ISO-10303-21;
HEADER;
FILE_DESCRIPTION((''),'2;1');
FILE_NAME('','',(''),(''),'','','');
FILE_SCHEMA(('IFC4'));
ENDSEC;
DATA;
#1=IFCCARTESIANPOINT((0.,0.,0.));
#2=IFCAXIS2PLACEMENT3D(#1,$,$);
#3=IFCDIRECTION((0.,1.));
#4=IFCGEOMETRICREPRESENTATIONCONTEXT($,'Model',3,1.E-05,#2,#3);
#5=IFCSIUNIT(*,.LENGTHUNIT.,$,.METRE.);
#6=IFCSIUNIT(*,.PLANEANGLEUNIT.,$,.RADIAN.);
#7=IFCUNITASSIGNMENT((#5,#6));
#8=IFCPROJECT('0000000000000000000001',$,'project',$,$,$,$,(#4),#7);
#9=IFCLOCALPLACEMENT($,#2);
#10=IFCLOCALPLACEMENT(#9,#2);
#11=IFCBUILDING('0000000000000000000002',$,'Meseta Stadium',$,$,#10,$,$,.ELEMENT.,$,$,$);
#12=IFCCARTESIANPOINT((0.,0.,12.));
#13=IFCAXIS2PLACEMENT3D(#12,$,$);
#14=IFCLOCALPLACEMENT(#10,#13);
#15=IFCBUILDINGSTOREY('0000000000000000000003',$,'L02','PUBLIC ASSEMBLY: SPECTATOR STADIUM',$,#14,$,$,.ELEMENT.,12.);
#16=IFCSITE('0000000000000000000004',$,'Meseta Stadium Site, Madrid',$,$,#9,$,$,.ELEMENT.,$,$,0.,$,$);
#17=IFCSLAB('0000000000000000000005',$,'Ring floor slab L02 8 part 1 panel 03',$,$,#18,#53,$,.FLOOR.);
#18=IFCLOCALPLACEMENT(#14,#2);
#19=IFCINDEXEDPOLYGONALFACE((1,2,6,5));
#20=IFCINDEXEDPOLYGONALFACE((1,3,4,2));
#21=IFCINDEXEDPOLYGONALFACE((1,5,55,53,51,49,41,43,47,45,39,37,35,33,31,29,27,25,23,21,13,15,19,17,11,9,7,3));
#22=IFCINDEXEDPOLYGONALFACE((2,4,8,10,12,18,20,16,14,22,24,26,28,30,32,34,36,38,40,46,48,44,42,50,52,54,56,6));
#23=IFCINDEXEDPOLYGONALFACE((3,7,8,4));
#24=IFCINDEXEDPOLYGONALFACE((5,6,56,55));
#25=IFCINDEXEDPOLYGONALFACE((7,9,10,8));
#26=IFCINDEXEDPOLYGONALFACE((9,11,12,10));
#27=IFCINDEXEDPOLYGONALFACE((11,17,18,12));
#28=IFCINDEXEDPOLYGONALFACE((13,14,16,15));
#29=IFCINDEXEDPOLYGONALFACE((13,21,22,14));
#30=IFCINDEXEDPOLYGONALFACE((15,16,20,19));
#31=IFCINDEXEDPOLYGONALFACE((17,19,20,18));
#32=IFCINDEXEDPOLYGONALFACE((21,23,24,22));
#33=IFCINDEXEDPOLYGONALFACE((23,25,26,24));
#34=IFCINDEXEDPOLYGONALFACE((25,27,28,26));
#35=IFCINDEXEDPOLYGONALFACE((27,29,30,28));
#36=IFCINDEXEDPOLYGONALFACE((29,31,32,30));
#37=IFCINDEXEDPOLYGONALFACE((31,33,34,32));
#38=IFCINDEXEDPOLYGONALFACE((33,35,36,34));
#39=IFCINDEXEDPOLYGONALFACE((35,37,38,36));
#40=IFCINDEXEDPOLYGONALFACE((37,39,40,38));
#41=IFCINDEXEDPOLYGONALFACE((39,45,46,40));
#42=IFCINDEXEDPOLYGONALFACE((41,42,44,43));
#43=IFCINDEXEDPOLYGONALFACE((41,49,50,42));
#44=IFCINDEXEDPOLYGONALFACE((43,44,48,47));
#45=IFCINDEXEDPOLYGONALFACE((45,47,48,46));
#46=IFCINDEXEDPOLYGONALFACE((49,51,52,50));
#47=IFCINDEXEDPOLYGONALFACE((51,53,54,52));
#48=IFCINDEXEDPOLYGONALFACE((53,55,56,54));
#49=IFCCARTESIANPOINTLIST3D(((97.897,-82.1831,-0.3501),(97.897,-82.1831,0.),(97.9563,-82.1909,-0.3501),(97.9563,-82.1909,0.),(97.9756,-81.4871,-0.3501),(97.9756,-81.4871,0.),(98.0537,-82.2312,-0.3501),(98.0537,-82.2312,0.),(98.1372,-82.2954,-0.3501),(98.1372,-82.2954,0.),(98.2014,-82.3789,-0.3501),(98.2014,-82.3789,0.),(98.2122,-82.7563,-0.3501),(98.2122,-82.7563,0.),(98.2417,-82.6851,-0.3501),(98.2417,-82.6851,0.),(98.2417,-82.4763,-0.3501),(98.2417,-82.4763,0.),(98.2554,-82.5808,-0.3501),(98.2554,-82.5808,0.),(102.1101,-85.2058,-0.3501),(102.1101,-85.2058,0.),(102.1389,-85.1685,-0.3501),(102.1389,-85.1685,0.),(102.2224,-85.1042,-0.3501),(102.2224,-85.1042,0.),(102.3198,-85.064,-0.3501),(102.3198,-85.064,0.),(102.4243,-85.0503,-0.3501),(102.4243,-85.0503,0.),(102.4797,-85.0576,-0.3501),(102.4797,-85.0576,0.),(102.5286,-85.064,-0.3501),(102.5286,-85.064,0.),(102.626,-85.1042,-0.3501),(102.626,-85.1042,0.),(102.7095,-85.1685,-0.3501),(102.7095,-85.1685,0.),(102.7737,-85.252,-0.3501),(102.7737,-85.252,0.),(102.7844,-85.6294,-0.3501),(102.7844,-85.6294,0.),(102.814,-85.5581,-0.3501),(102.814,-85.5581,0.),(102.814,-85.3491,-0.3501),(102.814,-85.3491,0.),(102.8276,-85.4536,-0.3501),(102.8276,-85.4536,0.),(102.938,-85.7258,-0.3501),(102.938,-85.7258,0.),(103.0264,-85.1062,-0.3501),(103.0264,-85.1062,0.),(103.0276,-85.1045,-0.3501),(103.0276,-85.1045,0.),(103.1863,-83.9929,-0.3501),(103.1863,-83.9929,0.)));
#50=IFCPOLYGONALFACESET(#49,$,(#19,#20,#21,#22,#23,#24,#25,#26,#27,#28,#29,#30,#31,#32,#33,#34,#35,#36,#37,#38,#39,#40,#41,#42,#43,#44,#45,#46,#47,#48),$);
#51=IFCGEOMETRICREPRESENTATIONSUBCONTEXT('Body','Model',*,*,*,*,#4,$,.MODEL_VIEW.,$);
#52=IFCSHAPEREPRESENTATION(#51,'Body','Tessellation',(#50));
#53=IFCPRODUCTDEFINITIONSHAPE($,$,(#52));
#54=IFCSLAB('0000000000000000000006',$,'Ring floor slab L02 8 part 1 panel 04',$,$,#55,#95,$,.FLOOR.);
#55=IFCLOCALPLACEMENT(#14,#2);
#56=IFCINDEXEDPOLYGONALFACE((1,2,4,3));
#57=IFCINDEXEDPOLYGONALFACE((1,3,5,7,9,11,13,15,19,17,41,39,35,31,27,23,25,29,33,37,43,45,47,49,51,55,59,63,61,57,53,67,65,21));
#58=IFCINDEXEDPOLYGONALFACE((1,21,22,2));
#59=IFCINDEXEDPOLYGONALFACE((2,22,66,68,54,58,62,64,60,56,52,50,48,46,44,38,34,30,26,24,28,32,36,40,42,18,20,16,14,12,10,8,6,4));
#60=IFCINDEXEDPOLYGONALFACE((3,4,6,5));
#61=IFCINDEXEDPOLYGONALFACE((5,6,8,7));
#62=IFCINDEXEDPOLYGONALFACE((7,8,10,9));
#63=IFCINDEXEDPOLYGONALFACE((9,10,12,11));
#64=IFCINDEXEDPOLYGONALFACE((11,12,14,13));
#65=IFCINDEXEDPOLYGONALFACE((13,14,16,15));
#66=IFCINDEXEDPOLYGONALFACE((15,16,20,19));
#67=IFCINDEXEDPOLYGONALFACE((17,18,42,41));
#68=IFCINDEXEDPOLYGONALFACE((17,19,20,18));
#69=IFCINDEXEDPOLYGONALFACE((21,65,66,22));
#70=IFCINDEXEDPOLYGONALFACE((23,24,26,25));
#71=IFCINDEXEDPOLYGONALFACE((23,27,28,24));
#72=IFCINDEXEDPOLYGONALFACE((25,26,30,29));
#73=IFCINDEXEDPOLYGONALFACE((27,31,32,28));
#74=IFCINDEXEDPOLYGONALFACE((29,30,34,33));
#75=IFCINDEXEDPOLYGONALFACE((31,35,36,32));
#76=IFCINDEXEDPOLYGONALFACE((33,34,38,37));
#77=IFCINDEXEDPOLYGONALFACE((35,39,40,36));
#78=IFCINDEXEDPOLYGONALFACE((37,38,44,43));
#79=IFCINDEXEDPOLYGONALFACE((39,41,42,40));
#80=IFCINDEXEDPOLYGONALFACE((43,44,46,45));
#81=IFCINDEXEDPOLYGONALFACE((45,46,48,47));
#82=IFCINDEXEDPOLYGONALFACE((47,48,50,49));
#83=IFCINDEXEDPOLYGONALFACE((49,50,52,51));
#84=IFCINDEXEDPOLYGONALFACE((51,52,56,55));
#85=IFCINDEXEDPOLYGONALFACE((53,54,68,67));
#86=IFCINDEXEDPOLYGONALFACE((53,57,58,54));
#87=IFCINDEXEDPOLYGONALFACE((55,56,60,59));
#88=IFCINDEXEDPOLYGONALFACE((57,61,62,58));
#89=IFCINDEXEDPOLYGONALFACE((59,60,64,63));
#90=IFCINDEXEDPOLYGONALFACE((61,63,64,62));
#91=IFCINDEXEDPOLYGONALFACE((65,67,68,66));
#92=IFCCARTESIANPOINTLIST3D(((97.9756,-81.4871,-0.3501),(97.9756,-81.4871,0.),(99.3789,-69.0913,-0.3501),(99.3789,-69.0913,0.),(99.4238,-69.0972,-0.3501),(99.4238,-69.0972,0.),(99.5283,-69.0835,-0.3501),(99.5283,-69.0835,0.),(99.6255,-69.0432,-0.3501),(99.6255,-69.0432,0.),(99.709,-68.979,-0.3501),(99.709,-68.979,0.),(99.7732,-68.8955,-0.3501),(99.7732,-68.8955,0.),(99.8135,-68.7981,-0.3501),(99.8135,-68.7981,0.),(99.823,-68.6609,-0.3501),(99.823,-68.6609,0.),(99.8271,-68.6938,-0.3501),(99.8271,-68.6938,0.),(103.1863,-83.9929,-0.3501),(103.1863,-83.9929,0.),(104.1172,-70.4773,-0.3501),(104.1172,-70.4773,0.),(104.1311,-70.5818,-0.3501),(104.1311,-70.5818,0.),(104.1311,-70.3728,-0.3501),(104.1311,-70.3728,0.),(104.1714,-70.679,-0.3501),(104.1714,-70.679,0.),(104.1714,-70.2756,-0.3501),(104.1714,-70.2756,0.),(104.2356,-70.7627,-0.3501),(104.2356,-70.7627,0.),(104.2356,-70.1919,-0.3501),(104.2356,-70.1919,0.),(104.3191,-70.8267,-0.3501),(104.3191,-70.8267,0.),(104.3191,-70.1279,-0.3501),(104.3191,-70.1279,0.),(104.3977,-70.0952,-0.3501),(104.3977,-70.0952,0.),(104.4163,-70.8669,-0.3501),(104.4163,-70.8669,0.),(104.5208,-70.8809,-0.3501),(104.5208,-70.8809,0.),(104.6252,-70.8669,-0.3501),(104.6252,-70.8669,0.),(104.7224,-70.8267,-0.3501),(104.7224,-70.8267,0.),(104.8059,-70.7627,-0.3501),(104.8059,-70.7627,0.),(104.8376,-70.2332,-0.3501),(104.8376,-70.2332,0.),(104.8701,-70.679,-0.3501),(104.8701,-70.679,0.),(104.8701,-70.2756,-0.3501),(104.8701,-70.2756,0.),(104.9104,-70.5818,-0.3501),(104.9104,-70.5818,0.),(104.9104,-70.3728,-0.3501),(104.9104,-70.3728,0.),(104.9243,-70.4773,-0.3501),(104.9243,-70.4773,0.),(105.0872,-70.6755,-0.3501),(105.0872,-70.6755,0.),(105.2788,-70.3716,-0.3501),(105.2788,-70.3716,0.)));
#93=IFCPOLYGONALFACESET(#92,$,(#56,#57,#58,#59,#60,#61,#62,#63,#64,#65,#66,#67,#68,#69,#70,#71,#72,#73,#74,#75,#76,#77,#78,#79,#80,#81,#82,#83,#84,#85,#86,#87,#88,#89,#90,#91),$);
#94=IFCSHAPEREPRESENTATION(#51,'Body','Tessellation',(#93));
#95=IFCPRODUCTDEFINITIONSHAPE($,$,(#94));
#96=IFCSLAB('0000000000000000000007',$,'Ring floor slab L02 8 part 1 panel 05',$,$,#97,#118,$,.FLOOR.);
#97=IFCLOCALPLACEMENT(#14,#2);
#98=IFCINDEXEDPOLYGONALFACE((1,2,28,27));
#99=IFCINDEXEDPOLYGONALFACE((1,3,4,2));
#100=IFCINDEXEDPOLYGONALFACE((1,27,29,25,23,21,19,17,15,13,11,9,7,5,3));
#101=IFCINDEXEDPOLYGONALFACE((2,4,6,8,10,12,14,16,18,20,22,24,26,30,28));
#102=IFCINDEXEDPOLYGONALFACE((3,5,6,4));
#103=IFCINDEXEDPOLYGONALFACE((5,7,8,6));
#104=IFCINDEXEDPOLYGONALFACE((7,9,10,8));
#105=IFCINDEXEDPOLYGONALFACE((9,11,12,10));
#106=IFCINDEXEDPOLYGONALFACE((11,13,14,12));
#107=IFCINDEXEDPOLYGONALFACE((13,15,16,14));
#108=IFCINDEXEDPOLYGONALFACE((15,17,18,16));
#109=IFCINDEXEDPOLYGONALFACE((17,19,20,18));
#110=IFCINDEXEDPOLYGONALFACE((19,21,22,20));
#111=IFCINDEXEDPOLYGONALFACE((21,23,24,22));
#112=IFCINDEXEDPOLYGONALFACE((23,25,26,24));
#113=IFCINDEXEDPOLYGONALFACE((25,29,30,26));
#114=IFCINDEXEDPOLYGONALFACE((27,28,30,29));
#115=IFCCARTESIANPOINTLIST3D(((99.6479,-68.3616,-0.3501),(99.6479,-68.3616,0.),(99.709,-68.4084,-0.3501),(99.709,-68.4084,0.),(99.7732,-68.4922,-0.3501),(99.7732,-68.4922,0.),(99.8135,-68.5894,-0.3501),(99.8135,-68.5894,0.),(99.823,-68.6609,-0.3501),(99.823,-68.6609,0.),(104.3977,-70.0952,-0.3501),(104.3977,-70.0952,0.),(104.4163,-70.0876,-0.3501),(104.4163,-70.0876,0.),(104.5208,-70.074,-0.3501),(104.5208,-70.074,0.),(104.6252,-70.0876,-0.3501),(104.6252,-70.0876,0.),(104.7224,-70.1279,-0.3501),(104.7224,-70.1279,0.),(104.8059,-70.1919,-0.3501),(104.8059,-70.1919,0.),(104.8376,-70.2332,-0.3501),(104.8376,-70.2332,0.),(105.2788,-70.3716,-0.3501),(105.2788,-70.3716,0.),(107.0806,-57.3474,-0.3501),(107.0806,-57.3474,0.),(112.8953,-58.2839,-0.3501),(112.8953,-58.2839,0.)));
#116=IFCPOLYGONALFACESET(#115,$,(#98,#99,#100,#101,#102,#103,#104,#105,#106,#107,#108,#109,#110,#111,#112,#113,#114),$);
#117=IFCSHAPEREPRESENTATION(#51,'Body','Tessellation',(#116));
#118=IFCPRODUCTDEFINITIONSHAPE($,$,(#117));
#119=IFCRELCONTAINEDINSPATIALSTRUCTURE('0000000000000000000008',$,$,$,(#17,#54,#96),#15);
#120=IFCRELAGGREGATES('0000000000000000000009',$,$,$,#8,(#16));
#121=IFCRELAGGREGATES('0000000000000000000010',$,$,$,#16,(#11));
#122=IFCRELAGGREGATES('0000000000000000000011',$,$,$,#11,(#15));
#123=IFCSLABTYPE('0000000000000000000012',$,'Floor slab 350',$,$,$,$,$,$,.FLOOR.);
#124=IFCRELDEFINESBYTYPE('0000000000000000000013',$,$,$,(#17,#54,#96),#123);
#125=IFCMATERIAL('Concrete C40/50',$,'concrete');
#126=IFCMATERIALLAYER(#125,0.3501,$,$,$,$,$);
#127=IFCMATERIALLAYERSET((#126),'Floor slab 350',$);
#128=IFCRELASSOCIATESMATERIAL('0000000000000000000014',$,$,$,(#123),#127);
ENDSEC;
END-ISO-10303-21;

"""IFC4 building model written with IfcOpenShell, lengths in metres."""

from ifc_helpers import new_model, si_unit, direction, frame, origin, place, context, subcontext, project, spatial, polyline, outline, extrude, material, layer, layer_set, type_object, element, save


model = new_model("IFC4")

# Units and contexts
model_context = context("Model", 3, precision=1e-05, world=origin(), true_north=direction((0.0, 1.0)))
body_context = subcontext(model_context, "Body", "Model", "MODEL_VIEW")
ifc_project = project(units=[si_unit("LENGTHUNIT", "METRE"), si_unit("PLANEANGLEUNIT", "RADIAN")], contexts=[model_context])

# Site, building, storey
site_placement = place(None, origin())
site = spatial("IfcSite", under=ifc_project, at=site_placement, Name="Meseta Stadium Site, Madrid", CompositionType="ELEMENT", RefElevation=0.0)
building_placement = place(site_placement, origin())
building = spatial("IfcBuilding", under=site, at=building_placement, Name="Meseta Stadium", CompositionType="ELEMENT")
storey_placement = place(building_placement, frame((0.0, 0.0, 12.0)))
storey = spatial("IfcBuildingStorey", under=building, at=storey_placement, Name="L02", Description="PUBLIC ASSEMBLY: SPECTATOR STADIUM", CompositionType="ELEMENT", Elevation=12.0)

# Slabs
ifc_material_1 = material(Name="Concrete C40/50", Category="concrete")
ifc_layer_1 = layer(ifc_material_1, 0.3501)
ifc_layer_set_1 = layer_set([ifc_layer_1], Name="Floor slab 350")
slab_type_1 = type_object("IfcSlabType", Name="Floor slab 350", PredefinedType="FLOOR", material=ifc_layer_set_1)
slab_1_placement = place(storey_placement, frame((0.0, 0.0, -0.3501)))
element("IfcSlab", 1, at=slab_1_placement, inside=storey, type_object=slab_type_1, Name="Ring floor slab L02 8 part 1 panel 03", PredefinedType="FLOOR", context=body_context, shape_type="SweptSolid", body=[
    extrude(outline(polyline([(102.814, -85.5581), (102.7844, -85.6294), (102.938, -85.7258), (103.0264, -85.1062), (103.0276, -85.1045), (103.1863, -83.9929), (97.9756, -81.4871), (97.897, -82.1831), (97.9563, -82.1909), (98.0537, -82.2312), (98.1372, -82.2954), (98.2014, -82.3789), (98.2417, -82.4763), (98.2554, -82.5808), (98.2417, -82.6851), (98.2122, -82.7563), (102.1101, -85.2058), (102.1389, -85.1685), (102.2224, -85.1042), (102.3198, -85.064), (102.4243, -85.0503), (102.4797, -85.0576), (102.5286, -85.064), (102.626, -85.1042), (102.7095, -85.1685), (102.7737, -85.252), (102.814, -85.3491), (102.8276, -85.4536), (102.814, -85.5581)])), origin(), (0.0, 0.0, 1.0), 0.3501),
])
slab_2_placement = place(storey_placement, frame((0.0, 0.0, -0.3501)))
element("IfcSlab", 2, at=slab_2_placement, inside=storey, type_object=slab_type_1, Name="Ring floor slab L02 8 part 1 panel 04", PredefinedType="FLOOR", context=body_context, shape_type="SweptSolid", body=[
    extrude(outline(polyline([(104.3191, -70.8267), (104.2356, -70.7627), (104.1714, -70.679), (104.1311, -70.5818), (104.1172, -70.4773), (104.1311, -70.3728), (104.1714, -70.2756), (104.2356, -70.1919), (104.3191, -70.1279), (104.3977, -70.0952), (99.823, -68.6609), (99.8271, -68.6938), (99.8135, -68.7981), (99.7732, -68.8955), (99.709, -68.979), (99.6255, -69.0432), (99.5283, -69.0835), (99.4238, -69.0972), (99.3789, -69.0913), (97.9756, -81.4871), (103.1863, -83.9929), (105.0872, -70.6755), (105.2788, -70.3716), (104.8376, -70.2332), (104.8701, -70.2756), (104.9104, -70.3728), (104.9243, -70.4773), (104.9104, -70.5818), (104.8701, -70.679), (104.8059, -70.7627), (104.7224, -70.8267), (104.6252, -70.8669), (104.5208, -70.8809), (104.4163, -70.8669), (104.3191, -70.8267)])), origin(), (0.0, 0.0, 1.0), 0.3501),
])
slab_3_placement = place(storey_placement, frame((0.0, 0.0, -0.3501)))
element("IfcSlab", 3, at=slab_3_placement, inside=storey, type_object=slab_type_1, Name="Ring floor slab L02 8 part 1 panel 05", PredefinedType="FLOOR", context=body_context, shape_type="SweptSolid", body=[
    extrude(outline(polyline([(104.6252, -70.0876), (104.7224, -70.1279), (104.8059, -70.1919), (104.8376, -70.2332), (105.2788, -70.3716), (112.8953, -58.2839), (107.0806, -57.3474), (99.6479, -68.3616), (99.709, -68.4084), (99.7732, -68.4922), (99.8135, -68.5894), (99.823, -68.6609), (104.3977, -70.0952), (104.4163, -70.0876), (104.5208, -70.074), (104.6252, -70.0876)])), origin(), (0.0, 0.0, 1.0), 0.3501),
])

save(model, "model.ifc")
